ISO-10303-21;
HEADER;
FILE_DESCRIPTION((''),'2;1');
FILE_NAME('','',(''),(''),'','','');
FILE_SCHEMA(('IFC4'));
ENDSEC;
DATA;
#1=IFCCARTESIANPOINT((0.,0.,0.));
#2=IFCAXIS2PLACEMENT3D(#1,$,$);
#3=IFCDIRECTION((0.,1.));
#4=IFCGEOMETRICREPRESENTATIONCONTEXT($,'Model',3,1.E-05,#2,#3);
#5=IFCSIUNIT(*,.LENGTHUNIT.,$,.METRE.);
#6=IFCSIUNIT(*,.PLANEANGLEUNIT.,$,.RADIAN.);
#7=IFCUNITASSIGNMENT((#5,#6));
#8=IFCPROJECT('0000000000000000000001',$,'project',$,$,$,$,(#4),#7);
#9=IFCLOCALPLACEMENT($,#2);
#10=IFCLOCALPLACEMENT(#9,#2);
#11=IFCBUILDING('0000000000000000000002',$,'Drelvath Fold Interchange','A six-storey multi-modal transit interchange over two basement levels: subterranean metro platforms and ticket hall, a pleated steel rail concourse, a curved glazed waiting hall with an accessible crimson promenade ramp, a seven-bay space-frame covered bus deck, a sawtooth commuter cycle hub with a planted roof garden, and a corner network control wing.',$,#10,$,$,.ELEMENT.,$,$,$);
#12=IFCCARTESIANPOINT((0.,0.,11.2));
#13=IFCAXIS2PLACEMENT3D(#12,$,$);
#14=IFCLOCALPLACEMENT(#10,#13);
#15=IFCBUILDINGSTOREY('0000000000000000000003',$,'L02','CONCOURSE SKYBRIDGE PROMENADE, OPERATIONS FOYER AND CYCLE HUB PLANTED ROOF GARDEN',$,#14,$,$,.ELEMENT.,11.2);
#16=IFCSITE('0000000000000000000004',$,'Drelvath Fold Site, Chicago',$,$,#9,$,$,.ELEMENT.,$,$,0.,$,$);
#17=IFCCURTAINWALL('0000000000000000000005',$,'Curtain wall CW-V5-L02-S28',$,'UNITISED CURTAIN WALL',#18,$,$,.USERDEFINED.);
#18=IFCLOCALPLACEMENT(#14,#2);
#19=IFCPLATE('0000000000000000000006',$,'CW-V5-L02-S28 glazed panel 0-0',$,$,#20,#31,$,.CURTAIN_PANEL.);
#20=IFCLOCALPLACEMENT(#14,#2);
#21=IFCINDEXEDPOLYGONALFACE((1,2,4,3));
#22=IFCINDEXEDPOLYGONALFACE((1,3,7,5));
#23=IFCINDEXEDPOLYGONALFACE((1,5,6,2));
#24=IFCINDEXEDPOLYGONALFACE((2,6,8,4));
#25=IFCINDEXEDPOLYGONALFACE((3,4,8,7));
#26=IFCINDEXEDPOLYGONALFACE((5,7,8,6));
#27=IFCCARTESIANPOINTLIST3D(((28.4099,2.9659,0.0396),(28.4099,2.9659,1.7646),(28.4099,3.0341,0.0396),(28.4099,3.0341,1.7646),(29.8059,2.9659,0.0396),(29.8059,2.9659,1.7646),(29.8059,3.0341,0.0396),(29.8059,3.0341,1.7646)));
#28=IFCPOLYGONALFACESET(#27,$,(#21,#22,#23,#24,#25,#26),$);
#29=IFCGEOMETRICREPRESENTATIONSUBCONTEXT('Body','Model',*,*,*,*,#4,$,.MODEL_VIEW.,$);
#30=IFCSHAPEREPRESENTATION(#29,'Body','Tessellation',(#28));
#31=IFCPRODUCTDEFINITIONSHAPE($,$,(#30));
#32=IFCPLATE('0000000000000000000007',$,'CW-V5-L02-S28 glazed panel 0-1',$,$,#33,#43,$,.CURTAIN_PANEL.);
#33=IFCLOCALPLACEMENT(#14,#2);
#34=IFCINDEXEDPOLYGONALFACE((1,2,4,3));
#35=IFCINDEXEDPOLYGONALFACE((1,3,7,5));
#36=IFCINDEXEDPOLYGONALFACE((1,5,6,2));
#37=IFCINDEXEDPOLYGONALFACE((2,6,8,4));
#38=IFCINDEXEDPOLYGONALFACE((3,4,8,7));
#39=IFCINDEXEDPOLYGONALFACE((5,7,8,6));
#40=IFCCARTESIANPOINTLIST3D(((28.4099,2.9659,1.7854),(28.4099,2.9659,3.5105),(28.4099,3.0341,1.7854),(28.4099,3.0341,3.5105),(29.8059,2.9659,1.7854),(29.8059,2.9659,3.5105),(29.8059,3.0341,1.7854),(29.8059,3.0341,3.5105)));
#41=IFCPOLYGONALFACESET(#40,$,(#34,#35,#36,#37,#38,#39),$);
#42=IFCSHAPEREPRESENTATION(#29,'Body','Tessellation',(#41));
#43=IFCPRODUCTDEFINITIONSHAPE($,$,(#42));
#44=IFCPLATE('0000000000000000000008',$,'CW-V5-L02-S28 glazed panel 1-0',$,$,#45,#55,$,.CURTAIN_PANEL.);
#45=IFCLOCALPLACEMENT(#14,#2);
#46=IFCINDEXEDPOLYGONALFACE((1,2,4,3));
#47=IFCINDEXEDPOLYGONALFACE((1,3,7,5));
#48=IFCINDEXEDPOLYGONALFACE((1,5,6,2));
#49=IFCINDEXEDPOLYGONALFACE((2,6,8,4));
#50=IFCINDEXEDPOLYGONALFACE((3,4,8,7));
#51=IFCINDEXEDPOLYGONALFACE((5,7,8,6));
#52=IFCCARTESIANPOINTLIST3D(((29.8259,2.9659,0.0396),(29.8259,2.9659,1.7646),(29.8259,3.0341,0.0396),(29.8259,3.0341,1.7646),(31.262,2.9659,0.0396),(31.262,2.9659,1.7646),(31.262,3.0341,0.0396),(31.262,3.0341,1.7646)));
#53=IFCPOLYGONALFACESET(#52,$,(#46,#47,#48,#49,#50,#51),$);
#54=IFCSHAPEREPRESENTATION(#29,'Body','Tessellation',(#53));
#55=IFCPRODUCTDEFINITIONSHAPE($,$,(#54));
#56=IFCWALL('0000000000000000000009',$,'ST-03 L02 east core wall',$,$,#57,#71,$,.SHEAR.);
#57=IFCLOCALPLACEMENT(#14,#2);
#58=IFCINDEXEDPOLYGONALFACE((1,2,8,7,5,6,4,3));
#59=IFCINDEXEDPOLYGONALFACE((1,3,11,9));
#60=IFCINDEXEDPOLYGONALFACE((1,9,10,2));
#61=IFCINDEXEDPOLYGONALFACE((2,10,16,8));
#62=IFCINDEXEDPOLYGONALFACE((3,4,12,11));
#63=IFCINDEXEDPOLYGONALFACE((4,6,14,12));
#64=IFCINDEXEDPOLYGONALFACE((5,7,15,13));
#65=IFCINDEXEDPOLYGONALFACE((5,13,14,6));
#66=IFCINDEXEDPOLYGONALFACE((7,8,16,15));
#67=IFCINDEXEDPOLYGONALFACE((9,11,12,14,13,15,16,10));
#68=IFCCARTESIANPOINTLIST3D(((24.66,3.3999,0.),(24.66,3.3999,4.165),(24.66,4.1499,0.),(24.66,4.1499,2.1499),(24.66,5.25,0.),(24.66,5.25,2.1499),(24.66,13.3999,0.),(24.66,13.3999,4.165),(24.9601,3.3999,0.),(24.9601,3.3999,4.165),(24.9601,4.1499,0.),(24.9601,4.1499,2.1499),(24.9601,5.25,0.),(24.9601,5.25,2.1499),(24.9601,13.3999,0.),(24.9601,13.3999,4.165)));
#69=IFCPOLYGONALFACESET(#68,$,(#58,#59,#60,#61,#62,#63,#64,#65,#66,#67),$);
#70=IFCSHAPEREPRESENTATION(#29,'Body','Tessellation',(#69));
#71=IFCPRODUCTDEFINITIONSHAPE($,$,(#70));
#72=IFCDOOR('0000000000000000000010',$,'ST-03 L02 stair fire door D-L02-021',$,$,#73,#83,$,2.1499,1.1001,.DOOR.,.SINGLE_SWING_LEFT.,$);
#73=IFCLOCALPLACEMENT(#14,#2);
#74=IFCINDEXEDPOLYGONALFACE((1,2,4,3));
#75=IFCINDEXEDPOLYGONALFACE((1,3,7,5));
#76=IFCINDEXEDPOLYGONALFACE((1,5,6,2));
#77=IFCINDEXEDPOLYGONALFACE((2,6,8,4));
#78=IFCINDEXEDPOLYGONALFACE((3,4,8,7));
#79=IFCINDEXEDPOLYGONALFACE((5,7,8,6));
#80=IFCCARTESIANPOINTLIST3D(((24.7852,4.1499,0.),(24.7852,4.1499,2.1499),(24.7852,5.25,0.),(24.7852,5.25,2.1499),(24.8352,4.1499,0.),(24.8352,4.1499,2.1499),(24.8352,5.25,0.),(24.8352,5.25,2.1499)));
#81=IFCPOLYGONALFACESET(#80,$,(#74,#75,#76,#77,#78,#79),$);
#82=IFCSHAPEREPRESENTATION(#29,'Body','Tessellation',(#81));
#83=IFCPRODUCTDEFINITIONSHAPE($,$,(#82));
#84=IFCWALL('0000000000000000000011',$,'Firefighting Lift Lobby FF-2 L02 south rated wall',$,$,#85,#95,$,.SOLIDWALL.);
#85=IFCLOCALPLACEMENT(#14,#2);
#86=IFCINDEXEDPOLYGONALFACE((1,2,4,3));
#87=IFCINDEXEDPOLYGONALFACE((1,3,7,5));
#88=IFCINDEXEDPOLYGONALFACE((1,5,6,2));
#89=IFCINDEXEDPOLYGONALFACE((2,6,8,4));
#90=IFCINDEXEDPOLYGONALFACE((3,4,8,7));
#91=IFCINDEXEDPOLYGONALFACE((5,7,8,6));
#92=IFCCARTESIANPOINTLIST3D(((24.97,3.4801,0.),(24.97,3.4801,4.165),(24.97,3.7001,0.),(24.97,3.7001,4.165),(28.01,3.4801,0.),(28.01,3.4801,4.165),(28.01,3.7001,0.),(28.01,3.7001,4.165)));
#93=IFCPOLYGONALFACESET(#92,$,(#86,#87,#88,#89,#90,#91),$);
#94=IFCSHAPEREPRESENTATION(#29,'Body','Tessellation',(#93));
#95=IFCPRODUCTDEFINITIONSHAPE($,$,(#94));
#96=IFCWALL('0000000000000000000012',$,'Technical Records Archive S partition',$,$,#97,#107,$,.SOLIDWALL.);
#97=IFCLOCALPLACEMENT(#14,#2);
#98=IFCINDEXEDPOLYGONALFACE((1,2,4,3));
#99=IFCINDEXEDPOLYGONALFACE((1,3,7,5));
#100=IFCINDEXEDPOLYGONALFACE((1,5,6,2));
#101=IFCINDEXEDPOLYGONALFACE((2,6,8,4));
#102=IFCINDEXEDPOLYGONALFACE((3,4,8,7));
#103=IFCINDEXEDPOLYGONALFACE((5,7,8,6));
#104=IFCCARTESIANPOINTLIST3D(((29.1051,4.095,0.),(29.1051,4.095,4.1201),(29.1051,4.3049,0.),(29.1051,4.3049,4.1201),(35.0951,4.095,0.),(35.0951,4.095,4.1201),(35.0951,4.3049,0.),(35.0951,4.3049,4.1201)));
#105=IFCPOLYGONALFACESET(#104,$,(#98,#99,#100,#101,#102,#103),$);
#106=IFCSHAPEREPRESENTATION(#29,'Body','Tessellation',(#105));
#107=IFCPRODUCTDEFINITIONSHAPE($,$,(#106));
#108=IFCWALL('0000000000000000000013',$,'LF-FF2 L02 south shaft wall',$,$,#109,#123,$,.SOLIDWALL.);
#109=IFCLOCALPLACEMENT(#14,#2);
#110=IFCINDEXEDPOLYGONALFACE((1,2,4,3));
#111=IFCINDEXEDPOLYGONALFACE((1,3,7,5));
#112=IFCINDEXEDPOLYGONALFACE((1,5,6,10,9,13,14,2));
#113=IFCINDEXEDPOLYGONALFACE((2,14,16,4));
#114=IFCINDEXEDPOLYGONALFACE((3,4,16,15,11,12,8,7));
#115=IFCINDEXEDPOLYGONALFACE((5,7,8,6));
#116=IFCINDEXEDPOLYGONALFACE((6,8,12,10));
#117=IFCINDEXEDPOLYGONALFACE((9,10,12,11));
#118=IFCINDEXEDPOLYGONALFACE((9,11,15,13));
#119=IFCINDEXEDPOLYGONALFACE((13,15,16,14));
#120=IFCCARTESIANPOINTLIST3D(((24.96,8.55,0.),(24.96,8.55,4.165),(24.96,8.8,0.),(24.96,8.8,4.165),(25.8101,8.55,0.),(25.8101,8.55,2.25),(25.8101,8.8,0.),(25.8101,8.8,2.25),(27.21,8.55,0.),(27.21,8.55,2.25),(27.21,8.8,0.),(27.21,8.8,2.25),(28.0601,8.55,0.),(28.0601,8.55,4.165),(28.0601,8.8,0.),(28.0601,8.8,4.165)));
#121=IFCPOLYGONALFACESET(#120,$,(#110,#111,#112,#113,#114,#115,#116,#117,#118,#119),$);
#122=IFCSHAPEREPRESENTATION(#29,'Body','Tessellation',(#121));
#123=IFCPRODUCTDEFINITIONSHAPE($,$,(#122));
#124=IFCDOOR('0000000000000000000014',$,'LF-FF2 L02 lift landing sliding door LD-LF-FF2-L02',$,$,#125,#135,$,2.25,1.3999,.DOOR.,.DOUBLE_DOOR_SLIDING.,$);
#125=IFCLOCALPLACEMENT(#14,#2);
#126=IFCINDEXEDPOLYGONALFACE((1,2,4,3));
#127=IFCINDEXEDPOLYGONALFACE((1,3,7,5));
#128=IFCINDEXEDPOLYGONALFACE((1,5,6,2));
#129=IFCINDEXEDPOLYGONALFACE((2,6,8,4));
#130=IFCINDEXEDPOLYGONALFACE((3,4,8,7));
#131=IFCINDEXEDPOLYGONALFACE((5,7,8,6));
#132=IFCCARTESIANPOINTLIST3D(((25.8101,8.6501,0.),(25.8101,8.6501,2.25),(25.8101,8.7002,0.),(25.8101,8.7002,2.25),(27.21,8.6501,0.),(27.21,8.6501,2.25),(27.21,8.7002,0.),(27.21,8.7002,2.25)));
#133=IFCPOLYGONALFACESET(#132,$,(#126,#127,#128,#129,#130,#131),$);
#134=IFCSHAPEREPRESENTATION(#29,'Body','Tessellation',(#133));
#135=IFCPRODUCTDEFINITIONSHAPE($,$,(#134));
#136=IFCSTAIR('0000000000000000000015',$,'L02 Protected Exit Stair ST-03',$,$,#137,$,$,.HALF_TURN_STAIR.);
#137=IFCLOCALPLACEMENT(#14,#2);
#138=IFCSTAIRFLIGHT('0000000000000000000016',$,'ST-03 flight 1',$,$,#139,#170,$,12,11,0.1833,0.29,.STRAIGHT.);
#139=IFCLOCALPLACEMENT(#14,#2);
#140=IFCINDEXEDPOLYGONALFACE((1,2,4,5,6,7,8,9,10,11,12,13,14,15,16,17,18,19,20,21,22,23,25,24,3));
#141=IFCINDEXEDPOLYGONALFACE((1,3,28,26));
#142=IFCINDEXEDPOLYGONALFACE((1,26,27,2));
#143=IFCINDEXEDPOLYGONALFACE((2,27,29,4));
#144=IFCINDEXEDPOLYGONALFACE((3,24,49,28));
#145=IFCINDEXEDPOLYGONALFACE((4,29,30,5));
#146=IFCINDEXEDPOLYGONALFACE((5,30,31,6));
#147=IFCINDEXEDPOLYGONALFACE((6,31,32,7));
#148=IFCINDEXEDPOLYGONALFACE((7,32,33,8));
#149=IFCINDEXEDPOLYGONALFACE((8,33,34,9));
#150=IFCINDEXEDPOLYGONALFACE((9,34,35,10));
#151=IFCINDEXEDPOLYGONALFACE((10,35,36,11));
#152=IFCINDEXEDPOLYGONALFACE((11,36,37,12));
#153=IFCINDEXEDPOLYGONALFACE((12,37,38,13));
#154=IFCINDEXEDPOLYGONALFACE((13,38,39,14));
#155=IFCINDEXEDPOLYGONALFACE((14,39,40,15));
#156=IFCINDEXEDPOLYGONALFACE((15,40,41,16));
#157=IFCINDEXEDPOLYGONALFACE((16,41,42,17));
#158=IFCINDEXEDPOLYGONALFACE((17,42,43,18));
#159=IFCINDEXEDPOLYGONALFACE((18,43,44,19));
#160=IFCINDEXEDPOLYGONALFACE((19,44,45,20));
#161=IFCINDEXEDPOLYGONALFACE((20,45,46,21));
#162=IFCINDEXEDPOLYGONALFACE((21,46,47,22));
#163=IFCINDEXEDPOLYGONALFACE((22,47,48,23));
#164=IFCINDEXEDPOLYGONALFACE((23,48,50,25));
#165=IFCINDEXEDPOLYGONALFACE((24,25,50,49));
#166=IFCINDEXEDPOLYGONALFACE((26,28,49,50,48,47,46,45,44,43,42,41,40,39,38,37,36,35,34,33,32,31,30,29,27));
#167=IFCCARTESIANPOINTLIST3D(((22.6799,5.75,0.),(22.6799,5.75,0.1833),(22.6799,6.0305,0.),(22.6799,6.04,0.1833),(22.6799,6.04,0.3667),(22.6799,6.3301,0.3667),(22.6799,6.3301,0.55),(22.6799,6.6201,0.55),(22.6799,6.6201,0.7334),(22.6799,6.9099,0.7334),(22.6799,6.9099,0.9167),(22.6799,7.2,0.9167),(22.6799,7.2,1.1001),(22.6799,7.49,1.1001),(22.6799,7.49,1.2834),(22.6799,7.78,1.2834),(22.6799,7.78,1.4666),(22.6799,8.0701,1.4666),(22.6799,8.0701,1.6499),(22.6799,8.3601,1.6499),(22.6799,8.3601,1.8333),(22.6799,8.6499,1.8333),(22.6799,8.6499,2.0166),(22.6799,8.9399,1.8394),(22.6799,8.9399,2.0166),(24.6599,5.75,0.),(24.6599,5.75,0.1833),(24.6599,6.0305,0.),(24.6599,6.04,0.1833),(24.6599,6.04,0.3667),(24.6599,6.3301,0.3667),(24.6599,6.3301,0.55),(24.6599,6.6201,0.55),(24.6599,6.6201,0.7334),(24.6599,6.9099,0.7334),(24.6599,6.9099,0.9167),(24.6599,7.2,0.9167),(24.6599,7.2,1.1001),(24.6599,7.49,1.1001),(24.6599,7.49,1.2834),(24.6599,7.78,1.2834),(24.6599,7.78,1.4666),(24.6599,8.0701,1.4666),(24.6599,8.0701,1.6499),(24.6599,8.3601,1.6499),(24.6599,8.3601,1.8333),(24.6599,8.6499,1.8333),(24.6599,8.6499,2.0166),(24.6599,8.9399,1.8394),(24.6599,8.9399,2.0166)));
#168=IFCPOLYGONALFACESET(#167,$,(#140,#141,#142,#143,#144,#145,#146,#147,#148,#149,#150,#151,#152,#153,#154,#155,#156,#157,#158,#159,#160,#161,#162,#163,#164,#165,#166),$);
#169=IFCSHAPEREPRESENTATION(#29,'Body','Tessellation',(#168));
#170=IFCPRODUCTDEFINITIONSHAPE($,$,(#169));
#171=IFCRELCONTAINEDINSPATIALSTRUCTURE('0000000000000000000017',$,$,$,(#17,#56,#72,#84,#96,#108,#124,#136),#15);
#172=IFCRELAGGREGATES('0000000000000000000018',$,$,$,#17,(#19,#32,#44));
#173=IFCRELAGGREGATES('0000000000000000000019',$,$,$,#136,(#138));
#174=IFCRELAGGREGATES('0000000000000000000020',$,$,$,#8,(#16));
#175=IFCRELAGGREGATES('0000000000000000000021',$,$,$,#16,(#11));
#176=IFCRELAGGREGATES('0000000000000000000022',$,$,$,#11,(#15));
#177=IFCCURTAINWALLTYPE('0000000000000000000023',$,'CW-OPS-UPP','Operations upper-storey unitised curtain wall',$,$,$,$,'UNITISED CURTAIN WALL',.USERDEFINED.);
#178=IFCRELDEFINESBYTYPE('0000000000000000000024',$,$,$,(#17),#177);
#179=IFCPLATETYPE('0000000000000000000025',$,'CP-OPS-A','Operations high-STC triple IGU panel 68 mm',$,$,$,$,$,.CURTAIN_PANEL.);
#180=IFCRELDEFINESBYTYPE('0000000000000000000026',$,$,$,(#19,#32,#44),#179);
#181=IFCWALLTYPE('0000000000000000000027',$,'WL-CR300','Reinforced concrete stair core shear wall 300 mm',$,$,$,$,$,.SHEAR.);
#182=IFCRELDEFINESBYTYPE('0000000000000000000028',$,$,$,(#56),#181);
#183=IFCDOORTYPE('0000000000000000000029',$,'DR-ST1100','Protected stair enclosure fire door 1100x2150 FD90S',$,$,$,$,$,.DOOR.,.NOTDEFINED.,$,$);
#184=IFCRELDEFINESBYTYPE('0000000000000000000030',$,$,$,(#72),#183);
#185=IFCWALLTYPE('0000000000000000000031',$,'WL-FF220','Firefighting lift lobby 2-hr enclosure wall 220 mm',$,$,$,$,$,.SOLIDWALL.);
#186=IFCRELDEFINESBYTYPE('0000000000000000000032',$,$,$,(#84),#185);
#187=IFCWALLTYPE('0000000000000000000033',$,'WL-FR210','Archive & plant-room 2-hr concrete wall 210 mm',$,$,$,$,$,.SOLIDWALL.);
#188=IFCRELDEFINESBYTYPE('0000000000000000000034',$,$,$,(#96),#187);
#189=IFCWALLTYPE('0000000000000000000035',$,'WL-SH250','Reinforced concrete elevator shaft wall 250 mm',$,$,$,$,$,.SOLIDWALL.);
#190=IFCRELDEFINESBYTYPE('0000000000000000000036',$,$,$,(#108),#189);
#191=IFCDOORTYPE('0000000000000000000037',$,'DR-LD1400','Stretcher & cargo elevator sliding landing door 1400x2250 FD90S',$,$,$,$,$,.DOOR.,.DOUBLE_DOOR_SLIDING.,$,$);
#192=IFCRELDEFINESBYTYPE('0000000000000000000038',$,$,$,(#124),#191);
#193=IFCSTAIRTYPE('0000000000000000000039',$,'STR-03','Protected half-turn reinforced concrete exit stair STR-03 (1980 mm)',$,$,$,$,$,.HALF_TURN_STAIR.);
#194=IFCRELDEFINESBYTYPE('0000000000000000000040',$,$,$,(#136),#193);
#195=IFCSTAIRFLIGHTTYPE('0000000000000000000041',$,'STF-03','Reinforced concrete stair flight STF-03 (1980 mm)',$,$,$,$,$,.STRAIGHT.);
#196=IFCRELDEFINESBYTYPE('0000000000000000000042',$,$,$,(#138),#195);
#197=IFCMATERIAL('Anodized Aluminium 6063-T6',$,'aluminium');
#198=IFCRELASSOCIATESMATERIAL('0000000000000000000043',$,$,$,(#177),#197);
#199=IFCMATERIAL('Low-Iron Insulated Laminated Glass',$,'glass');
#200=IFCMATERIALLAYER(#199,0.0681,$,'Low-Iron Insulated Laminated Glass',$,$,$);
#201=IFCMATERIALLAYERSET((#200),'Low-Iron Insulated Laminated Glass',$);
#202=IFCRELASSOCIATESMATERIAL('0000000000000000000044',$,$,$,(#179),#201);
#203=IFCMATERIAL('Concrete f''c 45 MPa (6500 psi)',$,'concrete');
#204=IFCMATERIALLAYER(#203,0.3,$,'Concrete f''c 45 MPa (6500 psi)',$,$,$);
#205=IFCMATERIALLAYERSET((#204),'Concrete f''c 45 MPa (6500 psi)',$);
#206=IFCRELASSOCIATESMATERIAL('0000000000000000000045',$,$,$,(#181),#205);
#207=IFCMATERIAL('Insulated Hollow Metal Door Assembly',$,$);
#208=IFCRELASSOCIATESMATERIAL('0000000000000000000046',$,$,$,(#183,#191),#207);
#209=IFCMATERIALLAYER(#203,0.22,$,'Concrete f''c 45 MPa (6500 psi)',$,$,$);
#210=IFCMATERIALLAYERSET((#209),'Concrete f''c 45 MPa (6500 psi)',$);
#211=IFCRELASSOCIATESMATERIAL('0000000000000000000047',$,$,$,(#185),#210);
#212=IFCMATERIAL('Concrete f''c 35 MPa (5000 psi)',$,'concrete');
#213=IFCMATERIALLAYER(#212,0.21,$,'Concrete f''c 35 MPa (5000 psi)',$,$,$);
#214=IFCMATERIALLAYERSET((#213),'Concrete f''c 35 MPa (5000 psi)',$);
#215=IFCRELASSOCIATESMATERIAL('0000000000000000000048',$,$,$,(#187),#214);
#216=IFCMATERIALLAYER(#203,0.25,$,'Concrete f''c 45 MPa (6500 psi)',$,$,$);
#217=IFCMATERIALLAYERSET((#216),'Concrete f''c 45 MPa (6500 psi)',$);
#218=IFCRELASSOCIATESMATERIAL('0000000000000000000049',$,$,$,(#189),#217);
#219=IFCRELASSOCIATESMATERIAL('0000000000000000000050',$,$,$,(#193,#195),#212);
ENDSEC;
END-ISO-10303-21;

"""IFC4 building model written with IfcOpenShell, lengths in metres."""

from ifc_helpers import new_model, si_unit, direction, frame, frame_2d, origin, origin_2d, place, context, subcontext, project, spatial, polyline, rectangle, outline, extrude, material, layer, layer_set, type_object, element, fill, aggregate, save


model = new_model("IFC4")

# Units and contexts
model_context = context("Model", 3, precision=1e-05, world=origin(), true_north=direction((0.0, 1.0)))
body_context = subcontext(model_context, "Body", "Model", "MODEL_VIEW")
ifc_project = project(units=[si_unit("LENGTHUNIT", "METRE"), si_unit("PLANEANGLEUNIT", "RADIAN")], contexts=[model_context])

# Site, building, storey
site_placement = place(None, origin())
site = spatial("IfcSite", under=ifc_project, at=site_placement, Name="Drelvath Fold Site, Chicago", CompositionType="ELEMENT", RefElevation=0.0)
building_placement = place(site_placement, origin())
building = spatial("IfcBuilding", under=site, at=building_placement, Name="Drelvath Fold Interchange", Description="A six-storey multi-modal transit interchange over two basement levels: subterranean metro platforms and ticket hall, a pleated steel rail concourse, a curved glazed waiting hall with an accessible crimson promenade ramp, a seven-bay space-frame covered bus deck, a sawtooth commuter cycle hub with a planted roof garden, and a corner network control wing.", CompositionType="ELEMENT")
storey_placement = place(building_placement, frame((0.0, 0.0, 11.2)))
storey = spatial("IfcBuildingStorey", under=building, at=storey_placement, Name="L02", Description="CONCOURSE SKYBRIDGE PROMENADE, OPERATIONS FOYER AND CYCLE HUB PLANTED ROOF GARDEN", CompositionType="ELEMENT", Elevation=11.2)

# Curtain wall, plates
ifc_material_1 = material(Name="Anodized Aluminium 6063-T6", Category="aluminium")
curtain_wall_type = type_object("IfcCurtainWallType", Name="CW-OPS-UPP", Description="Operations upper-storey unitised curtain wall", ElementType="UNITISED CURTAIN WALL", PredefinedType="USERDEFINED", material=ifc_material_1)
curtain_wall_placement = place(storey_placement, origin())
curtain_wall = element("IfcCurtainWall", 1, at=curtain_wall_placement, inside=storey, type_object=curtain_wall_type, Name="Curtain wall CW-V5-L02-S28", ObjectType="UNITISED CURTAIN WALL", PredefinedType="USERDEFINED")
ifc_material_2 = material(Name="Low-Iron Insulated Laminated Glass", Category="glass")
ifc_layer_1 = layer(ifc_material_2, 0.0681, Name="Low-Iron Insulated Laminated Glass")
ifc_layer_set_1 = layer_set([ifc_layer_1], Name="Low-Iron Insulated Laminated Glass")
plate_type = type_object("IfcPlateType", Name="CP-OPS-A", Description="Operations high-STC triple IGU panel 68 mm", PredefinedType="CURTAIN_PANEL", material=ifc_layer_set_1)
plate_1_placement = place(storey_placement, frame((29.1079, 3.0, 0.0396), z_axis=(0.0, 0.0, 1.0), x_axis=(1.0, 0.0, 0.0)))
plate_1 = element("IfcPlate", 2, at=plate_1_placement, type_object=plate_type, Name="CW-V5-L02-S28 glazed panel 0-0", PredefinedType="CURTAIN_PANEL", context=body_context, shape_type="SweptSolid", body=[
    extrude(rectangle(XDim=1.396, YDim=0.0681, at=origin_2d()), origin(), (0.0, 0.0, 1.0), 1.7251),
])
plate_2_placement = place(storey_placement, frame((29.1079, 3.0, 1.7854), z_axis=(0.0, 0.0, 1.0), x_axis=(1.0, 0.0, 0.0)))
plate_2 = element("IfcPlate", 3, at=plate_2_placement, type_object=plate_type, Name="CW-V5-L02-S28 glazed panel 0-1", PredefinedType="CURTAIN_PANEL", context=body_context, shape_type="SweptSolid", body=[
    extrude(rectangle(XDim=1.396, YDim=0.0681, at=origin_2d()), origin(), (0.0, 0.0, 1.0), 1.7251),
])
plate_3_placement = place(storey_placement, frame((30.5439, 3.0, 0.0396), z_axis=(0.0, 0.0, 1.0), x_axis=(1.0, 0.0, 0.0)))
plate_3 = element("IfcPlate", 4, at=plate_3_placement, type_object=plate_type, Name="CW-V5-L02-S28 glazed panel 1-0", PredefinedType="CURTAIN_PANEL", context=body_context, shape_type="SweptSolid", body=[
    extrude(rectangle(XDim=1.436, YDim=0.0681, at=origin_2d()), origin(), (0.0, 0.0, 1.0), 1.7251),
])
aggregate(curtain_wall, [plate_1, plate_2, plate_3])

# Wall, opening, door
ifc_material_3 = material(Name="Concrete f'c 45 MPa (6500 psi)", Category="concrete")
ifc_layer_2 = layer(ifc_material_3, 0.3, Name="Concrete f'c 45 MPa (6500 psi)")
ifc_layer_set_2 = layer_set([ifc_layer_2], Name="Concrete f'c 45 MPa (6500 psi)")
wall_type_1 = type_object("IfcWallType", Name="WL-CR300", Description="Reinforced concrete stair core shear wall 300 mm", PredefinedType="SHEAR", material=ifc_layer_set_2)
wall_1_placement = place(storey_placement, frame((24.8101, 3.3999, 0.0), z_axis=(0.0, 0.0, 1.0), x_axis=(0.0, 1.0, 0.0)))
wall_1 = element("IfcWall", 5, at=wall_1_placement, inside=storey, type_object=wall_type_1, Name="ST-03 L02 east core wall", PredefinedType="SHEAR", context=body_context, shape_type="SweptSolid", body=[
    extrude(rectangle(XDim=10.0, YDim=0.3, at=frame_2d((5.0, 0.0))), origin(), (0.0, 0.0, 1.0), 4.165),
])
opening_1_placement = place(wall_1_placement, frame((0.75, 0.0, 0.0)))
opening_1 = element("IfcOpeningElement", 6, at=opening_1_placement, cuts=wall_1, PredefinedType="OPENING", context=body_context, shape_type="SweptSolid", body=[
    extrude(rectangle(XDim=1.1001, YDim=2.1499, at=frame_2d((0.55, 1.075))), frame((0.0, 0.1599, 0.0), z_axis=(0.0, -1.0, 0.0), x_axis=(1.0, 0.0, 0.0)), (0.0, 0.0, 1.0), 0.3201),
])
ifc_material_4 = material(Name="Insulated Hollow Metal Door Assembly")
door_type_1 = type_object("IfcDoorType", Name="DR-ST1100", Description="Protected stair enclosure fire door 1100x2150 FD90S", OperationType="NOTDEFINED", PredefinedType="DOOR", material=ifc_material_4)
door_1_placement = place(opening_1_placement, origin())
door_1 = element("IfcDoor", 7, at=door_1_placement, inside=storey, type_object=door_type_1, Name="ST-03 L02 stair fire door D-L02-021", OperationType="SINGLE_SWING_LEFT", OverallHeight=2.1499, OverallWidth=1.1001, PredefinedType="DOOR", context=body_context, shape_type="SweptSolid", body=[
    extrude(rectangle(XDim=1.1001, YDim=2.1499, at=frame_2d((0.55, 1.075))), frame((0.0, 0.0249, 0.0), z_axis=(0.0, -1.0, 0.0), x_axis=(1.0, 0.0, 0.0)), (0.0, 0.0, 1.0), 0.05),
])
fill(opening_1, door_1)

# Wall
ifc_layer_3 = layer(ifc_material_3, 0.22, Name="Concrete f'c 45 MPa (6500 psi)")
ifc_layer_set_3 = layer_set([ifc_layer_3], Name="Concrete f'c 45 MPa (6500 psi)")
wall_type_2 = type_object("IfcWallType", Name="WL-FF220", Description="Firefighting lift lobby 2-hr enclosure wall 220 mm", PredefinedType="SOLIDWALL", material=ifc_layer_set_3)
wall_2_placement = place(storey_placement, frame((24.97, 3.5901, 0.0), z_axis=(0.0, 0.0, 1.0), x_axis=(1.0, 0.0, 0.0)))
element("IfcWall", 8, at=wall_2_placement, inside=storey, type_object=wall_type_2, Name="Firefighting Lift Lobby FF-2 L02 south rated wall", PredefinedType="SOLIDWALL", context=body_context, shape_type="SweptSolid", body=[
    extrude(rectangle(XDim=3.04, YDim=0.22, at=frame_2d((1.52, 0.0))), origin(), (0.0, 0.0, 1.0), 4.165),
])

# Wall
ifc_material_5 = material(Name="Concrete f'c 35 MPa (5000 psi)", Category="concrete")
ifc_layer_4 = layer(ifc_material_5, 0.21, Name="Concrete f'c 35 MPa (5000 psi)")
ifc_layer_set_4 = layer_set([ifc_layer_4], Name="Concrete f'c 35 MPa (5000 psi)")
wall_type_3 = type_object("IfcWallType", Name="WL-FR210", Description="Archive & plant-room 2-hr concrete wall 210 mm", PredefinedType="SOLIDWALL", material=ifc_layer_set_4)
wall_3_placement = place(storey_placement, frame((29.105, 4.2, 0.0), z_axis=(0.0, 0.0, 1.0), x_axis=(1.0, 0.0, 0.0)))
element("IfcWall", 9, at=wall_3_placement, inside=storey, type_object=wall_type_3, Name="Technical Records Archive S partition", PredefinedType="SOLIDWALL", context=body_context, shape_type="SweptSolid", body=[
    extrude(rectangle(XDim=5.99, YDim=0.21, at=frame_2d((2.9951, 0.0))), origin(), (0.0, 0.0, 1.0), 4.1201),
])

# Wall, opening, door
ifc_layer_5 = layer(ifc_material_3, 0.25, Name="Concrete f'c 45 MPa (6500 psi)")
ifc_layer_set_5 = layer_set([ifc_layer_5], Name="Concrete f'c 45 MPa (6500 psi)")
wall_type_4 = type_object("IfcWallType", Name="WL-SH250", Description="Reinforced concrete elevator shaft wall 250 mm", PredefinedType="SOLIDWALL", material=ifc_layer_set_5)
wall_4_placement = place(storey_placement, frame((24.96, 8.675, 0.0), z_axis=(0.0, 0.0, 1.0), x_axis=(1.0, 0.0, 0.0)))
wall_4 = element("IfcWall", 10, at=wall_4_placement, inside=storey, type_object=wall_type_4, Name="LF-FF2 L02 south shaft wall", PredefinedType="SOLIDWALL", context=body_context, shape_type="SweptSolid", body=[
    extrude(rectangle(XDim=3.1001, YDim=0.25, at=frame_2d((1.55, 0.0))), origin(), (0.0, 0.0, 1.0), 4.165),
])
opening_2_placement = place(wall_4_placement, frame((0.8501, 0.0, 0.0)))
opening_2 = element("IfcOpeningElement", 11, at=opening_2_placement, cuts=wall_4, PredefinedType="OPENING", context=body_context, shape_type="SweptSolid", body=[
    extrude(rectangle(XDim=1.3999, YDim=2.25, at=frame_2d((0.7, 1.125))), frame((0.0, 0.135, 0.0), z_axis=(0.0, -1.0, 0.0), x_axis=(1.0, 0.0, 0.0)), (0.0, 0.0, 1.0), 0.27),
])
door_type_2 = type_object("IfcDoorType", Name="DR-LD1400", Description="Stretcher & cargo elevator sliding landing door 1400x2250 FD90S", OperationType="DOUBLE_DOOR_SLIDING", PredefinedType="DOOR", material=ifc_material_4)
door_2_placement = place(opening_2_placement, frame((1.3999, 0.0, 0.0), z_axis=(0.0, 0.0, 1.0), x_axis=(-1.0, 0.0, 0.0)))
door_2 = element("IfcDoor", 12, at=door_2_placement, inside=storey, type_object=door_type_2, Name="LF-FF2 L02 lift landing sliding door LD-LF-FF2-L02", OperationType="DOUBLE_DOOR_SLIDING", OverallHeight=2.25, OverallWidth=1.3999, PredefinedType="DOOR", context=body_context, shape_type="SweptSolid", body=[
    extrude(rectangle(XDim=1.3999, YDim=2.25, at=frame_2d((0.7, 1.125))), frame((0.0, 0.0249, 0.0), z_axis=(0.0, -1.0, 0.0), x_axis=(1.0, 0.0, 0.0)), (0.0, 0.0, 1.0), 0.05),
])
fill(opening_2, door_2)

# Stair, stair flight
stair_type = type_object("IfcStairType", Name="STR-03", Description="Protected half-turn reinforced concrete exit stair STR-03 (1980 mm)", PredefinedType="HALF_TURN_STAIR", material=ifc_material_5)
stair_placement = place(storey_placement, origin())
stair = element("IfcStair", 13, at=stair_placement, inside=storey, type_object=stair_type, Name="L02 Protected Exit Stair ST-03", PredefinedType="HALF_TURN_STAIR")
stair_flight_type = type_object("IfcStairFlightType", Name="STF-03", Description="Reinforced concrete stair flight STF-03 (1980 mm)", PredefinedType="STRAIGHT", material=ifc_material_5)
stair_flight_placement = place(storey_placement, frame((23.6699, 5.75, 0.0), z_axis=(0.0, 0.0, 1.0), x_axis=(0.0, 1.0, 0.0)))
stair_flight = element("IfcStairFlight", 14, at=stair_flight_placement, type_object=stair_flight_type, Name="ST-03 flight 1", NumberOfRisers=12, NumberOfTreads=11, PredefinedType="STRAIGHT", RiserHeight=0.1833, TreadLength=0.29, context=body_context, shape_type="SweptSolid", body=[
    extrude(outline(polyline([(0.0, 0.0), (0.0, 0.1833), (0.29, 0.1833), (0.29, 0.3667), (0.5801, 0.3667), (0.5801, 0.55), (0.8701, 0.55), (0.8701, 0.7334), (1.1599, 0.7334), (1.1599, 0.9167), (1.45, 0.9167), (1.45, 1.1001), (1.74, 1.1001), (1.74, 1.2834), (2.03, 1.2834), (2.03, 1.4666), (2.3201, 1.4666), (2.3201, 1.6499), (2.6101, 1.6499), (2.6101, 1.8333), (2.8999, 1.8333), (2.8999, 2.0166), (3.1899, 2.0166), (3.1899, 2.2), (3.1899, 1.8394), (0.2805, 0.0), (0.0, 0.0)])), frame((0.0, 0.99, 0.0), z_axis=(0.0, -1.0, 0.0), x_axis=(1.0, 0.0, 0.0)), (0.0, 0.0, 1.0), 1.98),
])
aggregate(stair, [stair_flight])

save(model, "model.ifc")
